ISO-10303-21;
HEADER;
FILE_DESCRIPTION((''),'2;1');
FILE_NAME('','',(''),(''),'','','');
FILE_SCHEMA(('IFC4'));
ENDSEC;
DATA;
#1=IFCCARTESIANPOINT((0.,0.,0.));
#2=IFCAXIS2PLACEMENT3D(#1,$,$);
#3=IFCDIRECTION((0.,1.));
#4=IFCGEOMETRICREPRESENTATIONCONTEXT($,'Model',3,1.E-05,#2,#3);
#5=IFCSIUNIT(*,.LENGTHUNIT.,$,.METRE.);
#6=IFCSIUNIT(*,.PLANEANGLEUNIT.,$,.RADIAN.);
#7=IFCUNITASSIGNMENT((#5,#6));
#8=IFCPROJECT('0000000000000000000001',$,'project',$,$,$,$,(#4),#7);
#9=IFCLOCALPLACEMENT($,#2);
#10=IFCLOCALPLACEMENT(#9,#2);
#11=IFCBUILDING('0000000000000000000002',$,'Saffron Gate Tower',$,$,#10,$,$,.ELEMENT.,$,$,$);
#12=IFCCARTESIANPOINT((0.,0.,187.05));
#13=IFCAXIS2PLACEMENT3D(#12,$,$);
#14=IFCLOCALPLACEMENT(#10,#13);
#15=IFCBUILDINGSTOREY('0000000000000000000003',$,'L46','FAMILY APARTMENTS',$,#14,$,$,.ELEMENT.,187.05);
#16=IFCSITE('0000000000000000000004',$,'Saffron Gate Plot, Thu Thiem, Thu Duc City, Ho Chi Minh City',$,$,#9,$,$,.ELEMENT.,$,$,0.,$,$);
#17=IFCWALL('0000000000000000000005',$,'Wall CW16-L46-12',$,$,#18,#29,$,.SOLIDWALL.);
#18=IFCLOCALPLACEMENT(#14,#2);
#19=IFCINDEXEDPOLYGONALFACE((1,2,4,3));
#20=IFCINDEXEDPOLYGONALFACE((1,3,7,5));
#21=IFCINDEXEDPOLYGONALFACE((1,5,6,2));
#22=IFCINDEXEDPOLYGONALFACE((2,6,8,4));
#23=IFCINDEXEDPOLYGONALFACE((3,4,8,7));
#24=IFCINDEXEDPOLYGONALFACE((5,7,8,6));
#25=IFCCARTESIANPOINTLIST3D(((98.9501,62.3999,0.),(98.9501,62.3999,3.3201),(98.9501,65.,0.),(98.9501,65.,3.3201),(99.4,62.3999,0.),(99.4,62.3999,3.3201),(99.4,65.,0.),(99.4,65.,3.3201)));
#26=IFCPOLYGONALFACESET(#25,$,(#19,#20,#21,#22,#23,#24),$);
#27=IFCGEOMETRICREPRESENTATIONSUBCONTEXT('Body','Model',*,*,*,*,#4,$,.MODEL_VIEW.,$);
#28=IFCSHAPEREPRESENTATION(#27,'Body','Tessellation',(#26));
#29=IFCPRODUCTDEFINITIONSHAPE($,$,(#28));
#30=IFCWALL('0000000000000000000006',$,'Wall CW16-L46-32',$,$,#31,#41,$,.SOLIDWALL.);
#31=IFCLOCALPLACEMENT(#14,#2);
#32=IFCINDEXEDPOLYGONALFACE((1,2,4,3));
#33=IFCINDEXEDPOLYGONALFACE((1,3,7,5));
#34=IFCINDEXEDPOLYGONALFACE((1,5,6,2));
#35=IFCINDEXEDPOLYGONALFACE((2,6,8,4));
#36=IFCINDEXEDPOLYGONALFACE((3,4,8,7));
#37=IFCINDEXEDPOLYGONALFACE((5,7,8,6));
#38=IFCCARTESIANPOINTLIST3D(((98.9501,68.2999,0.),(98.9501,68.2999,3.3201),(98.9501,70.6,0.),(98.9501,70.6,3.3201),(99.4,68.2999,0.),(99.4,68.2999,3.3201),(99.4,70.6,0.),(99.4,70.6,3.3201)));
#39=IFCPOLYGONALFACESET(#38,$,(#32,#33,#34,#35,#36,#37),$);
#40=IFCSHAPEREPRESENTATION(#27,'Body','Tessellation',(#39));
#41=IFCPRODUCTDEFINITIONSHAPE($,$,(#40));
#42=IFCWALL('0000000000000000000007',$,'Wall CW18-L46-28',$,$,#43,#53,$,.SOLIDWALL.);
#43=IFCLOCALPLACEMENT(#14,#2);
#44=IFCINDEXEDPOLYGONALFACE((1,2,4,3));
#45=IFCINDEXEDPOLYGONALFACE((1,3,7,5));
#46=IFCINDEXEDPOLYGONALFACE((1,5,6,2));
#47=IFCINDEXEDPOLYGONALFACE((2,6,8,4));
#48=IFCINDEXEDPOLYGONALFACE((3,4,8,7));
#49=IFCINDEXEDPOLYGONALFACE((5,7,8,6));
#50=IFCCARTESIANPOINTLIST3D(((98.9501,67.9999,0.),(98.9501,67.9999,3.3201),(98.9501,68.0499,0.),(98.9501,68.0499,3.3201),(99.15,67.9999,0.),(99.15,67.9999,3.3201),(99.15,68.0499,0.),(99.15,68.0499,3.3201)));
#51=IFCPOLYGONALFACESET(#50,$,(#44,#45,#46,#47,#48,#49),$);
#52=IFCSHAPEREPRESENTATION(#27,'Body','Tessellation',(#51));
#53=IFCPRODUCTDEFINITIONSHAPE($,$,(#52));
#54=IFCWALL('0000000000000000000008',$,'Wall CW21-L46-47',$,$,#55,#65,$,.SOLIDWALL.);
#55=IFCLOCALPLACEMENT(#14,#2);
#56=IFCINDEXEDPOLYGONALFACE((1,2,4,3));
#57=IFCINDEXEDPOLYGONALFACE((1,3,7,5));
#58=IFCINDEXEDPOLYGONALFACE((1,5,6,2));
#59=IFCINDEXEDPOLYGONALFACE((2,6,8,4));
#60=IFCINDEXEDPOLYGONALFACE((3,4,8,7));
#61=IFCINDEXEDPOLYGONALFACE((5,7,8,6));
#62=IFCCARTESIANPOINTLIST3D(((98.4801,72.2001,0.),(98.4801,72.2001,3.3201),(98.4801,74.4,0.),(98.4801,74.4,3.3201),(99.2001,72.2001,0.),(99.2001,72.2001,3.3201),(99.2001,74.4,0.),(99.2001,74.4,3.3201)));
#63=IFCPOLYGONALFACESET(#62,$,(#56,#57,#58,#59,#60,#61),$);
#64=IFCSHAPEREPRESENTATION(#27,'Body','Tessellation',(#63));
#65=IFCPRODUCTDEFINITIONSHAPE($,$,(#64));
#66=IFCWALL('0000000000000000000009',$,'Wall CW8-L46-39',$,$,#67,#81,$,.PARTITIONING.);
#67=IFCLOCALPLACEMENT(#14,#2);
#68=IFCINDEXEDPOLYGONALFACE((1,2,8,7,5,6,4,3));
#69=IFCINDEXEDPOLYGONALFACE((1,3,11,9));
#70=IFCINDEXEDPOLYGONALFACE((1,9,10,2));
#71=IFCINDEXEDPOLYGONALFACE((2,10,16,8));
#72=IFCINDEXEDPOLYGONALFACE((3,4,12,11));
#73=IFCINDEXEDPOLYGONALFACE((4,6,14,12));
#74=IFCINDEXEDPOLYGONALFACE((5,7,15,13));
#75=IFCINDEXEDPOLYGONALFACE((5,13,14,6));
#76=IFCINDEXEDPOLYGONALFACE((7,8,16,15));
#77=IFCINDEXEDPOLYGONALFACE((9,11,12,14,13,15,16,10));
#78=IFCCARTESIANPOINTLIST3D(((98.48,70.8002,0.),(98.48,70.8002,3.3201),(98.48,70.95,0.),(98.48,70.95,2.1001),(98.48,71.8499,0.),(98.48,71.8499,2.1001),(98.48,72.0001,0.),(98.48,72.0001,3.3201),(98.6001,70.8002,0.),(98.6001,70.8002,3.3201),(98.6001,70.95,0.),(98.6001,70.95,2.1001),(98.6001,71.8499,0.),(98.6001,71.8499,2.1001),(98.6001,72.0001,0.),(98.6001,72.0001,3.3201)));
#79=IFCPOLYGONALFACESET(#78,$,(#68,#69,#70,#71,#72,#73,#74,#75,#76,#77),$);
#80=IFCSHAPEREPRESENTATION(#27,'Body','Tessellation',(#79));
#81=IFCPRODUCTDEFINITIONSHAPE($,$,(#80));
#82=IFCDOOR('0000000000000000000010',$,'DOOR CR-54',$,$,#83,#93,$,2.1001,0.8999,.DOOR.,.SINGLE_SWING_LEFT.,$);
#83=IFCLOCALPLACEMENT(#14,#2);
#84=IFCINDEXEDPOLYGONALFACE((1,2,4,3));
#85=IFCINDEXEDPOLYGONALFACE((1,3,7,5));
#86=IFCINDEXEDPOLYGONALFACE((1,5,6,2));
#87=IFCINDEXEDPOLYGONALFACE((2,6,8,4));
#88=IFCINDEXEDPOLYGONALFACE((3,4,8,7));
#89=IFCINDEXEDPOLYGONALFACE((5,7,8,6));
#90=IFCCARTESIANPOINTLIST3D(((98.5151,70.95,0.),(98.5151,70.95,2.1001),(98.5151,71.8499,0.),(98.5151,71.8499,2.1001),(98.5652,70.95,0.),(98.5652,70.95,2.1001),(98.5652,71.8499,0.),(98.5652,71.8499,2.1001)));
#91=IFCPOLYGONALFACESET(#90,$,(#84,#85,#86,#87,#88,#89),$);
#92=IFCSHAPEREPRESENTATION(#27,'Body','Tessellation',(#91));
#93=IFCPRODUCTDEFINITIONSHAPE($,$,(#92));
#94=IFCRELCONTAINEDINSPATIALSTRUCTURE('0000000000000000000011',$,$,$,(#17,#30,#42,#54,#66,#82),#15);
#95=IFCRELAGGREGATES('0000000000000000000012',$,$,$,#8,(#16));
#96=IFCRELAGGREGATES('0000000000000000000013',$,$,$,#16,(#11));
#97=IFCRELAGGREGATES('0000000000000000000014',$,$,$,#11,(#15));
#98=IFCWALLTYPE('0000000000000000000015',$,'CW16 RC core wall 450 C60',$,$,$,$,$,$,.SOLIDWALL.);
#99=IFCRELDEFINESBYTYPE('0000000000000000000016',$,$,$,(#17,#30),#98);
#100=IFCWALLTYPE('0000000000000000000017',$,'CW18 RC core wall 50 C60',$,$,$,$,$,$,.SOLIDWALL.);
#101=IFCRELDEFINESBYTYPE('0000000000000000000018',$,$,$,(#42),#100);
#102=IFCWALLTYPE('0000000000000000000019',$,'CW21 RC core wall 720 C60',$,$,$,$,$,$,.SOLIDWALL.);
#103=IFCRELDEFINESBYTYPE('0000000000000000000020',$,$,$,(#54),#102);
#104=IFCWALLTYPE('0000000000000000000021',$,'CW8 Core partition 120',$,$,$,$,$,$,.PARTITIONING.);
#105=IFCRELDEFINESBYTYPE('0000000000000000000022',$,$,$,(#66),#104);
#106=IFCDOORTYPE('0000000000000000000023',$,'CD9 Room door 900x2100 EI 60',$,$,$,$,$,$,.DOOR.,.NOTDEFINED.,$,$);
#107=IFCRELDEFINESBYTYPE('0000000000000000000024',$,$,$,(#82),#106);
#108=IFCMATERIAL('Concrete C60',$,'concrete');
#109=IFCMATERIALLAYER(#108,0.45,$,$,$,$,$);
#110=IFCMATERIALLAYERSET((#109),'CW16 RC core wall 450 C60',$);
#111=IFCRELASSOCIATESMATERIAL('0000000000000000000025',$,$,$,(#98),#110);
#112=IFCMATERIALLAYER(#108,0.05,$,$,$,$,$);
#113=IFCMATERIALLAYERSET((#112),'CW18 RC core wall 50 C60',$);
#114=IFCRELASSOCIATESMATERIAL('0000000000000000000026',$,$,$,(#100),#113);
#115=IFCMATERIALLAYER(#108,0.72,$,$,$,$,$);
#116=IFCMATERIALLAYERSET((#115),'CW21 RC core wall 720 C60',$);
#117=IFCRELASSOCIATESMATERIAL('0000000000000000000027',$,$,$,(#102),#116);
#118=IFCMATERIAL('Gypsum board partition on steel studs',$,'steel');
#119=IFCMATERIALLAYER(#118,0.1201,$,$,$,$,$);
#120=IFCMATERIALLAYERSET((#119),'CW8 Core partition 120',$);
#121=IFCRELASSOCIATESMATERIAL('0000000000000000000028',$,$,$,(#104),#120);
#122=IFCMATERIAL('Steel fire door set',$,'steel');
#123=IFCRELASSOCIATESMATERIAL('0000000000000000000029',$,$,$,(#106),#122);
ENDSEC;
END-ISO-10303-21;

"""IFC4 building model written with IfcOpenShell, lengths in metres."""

from ifc_helpers import new_model, si_unit, direction, frame, frame_2d, origin, place, context, subcontext, project, spatial, rectangle, extrude, material, layer, layer_set, type_object, element, fill, save


model = new_model("IFC4")

# Units and contexts
model_context = context("Model", 3, precision=1e-05, world=origin(), true_north=direction((0.0, 1.0)))
body_context = subcontext(model_context, "Body", "Model", "MODEL_VIEW")
ifc_project = project(units=[si_unit("LENGTHUNIT", "METRE"), si_unit("PLANEANGLEUNIT", "RADIAN")], contexts=[model_context])

# Site, building, storey
site_placement = place(None, origin())
site = spatial("IfcSite", under=ifc_project, at=site_placement, Name="Saffron Gate Plot, Thu Thiem, Thu Duc City, Ho Chi Minh City", CompositionType="ELEMENT", RefElevation=0.0)
building_placement = place(site_placement, origin())
building = spatial("IfcBuilding", under=site, at=building_placement, Name="Saffron Gate Tower", CompositionType="ELEMENT")
storey_placement = place(building_placement, frame((0.0, 0.0, 187.05)))
storey = spatial("IfcBuildingStorey", under=building, at=storey_placement, Name="L46", Description="FAMILY APARTMENTS", CompositionType="ELEMENT", Elevation=187.05)

# Shared definitions
ifc_material_1 = material(Name="Concrete C60", Category="concrete")
ifc_material_2 = material(Name="Steel fire door set", Category="steel")

# Walls
ifc_layer_1 = layer(ifc_material_1, 0.45)
ifc_layer_set_1 = layer_set([ifc_layer_1], Name="CW16 RC core wall 450 C60")
wall_type_1 = type_object("IfcWallType", Name="CW16 RC core wall 450 C60", PredefinedType="SOLIDWALL", material=ifc_layer_set_1)
wall_1_placement = place(storey_placement, frame((99.175, 62.3999, 0.0), z_axis=(0.0, 0.0, 1.0), x_axis=(0.0, 1.0, 0.0)))
element("IfcWall", 1, at=wall_1_placement, inside=storey, type_object=wall_type_1, Name="Wall CW16-L46-12", PredefinedType="SOLIDWALL", context=body_context, shape_type="SweptSolid", body=[
    extrude(rectangle(XDim=2.6001, YDim=0.45, at=frame_2d((1.3, 0.0))), origin(), (0.0, 0.0, 1.0), 3.3201),
])
wall_2_placement = place(storey_placement, frame((99.175, 68.3, 0.0), z_axis=(0.0, 0.0, 1.0), x_axis=(0.0, 1.0, 0.0)))
element("IfcWall", 2, at=wall_2_placement, inside=storey, type_object=wall_type_1, Name="Wall CW16-L46-32", PredefinedType="SOLIDWALL", context=body_context, shape_type="SweptSolid", body=[
    extrude(rectangle(XDim=2.3, YDim=0.45, at=frame_2d((1.1499, 0.0))), origin(), (0.0, 0.0, 1.0), 3.3201),
])
ifc_layer_2 = layer(ifc_material_1, 0.05)
ifc_layer_set_2 = layer_set([ifc_layer_2], Name="CW18 RC core wall 50 C60")
wall_type_2 = type_object("IfcWallType", Name="CW18 RC core wall 50 C60", PredefinedType="SOLIDWALL", material=ifc_layer_set_2)
wall_3_placement = place(storey_placement, frame((98.95, 68.0249, 0.0), z_axis=(0.0, 0.0, 1.0), x_axis=(1.0, 0.0, 0.0)))
element("IfcWall", 3, at=wall_3_placement, inside=storey, type_object=wall_type_2, Name="Wall CW18-L46-28", PredefinedType="SOLIDWALL", context=body_context, shape_type="SweptSolid", body=[
    extrude(rectangle(XDim=0.2, YDim=0.05, at=frame_2d((0.1001, 0.0))), origin(), (0.0, 0.0, 1.0), 3.3201),
])
ifc_layer_3 = layer(ifc_material_1, 0.72)
ifc_layer_set_3 = layer_set([ifc_layer_3], Name="CW21 RC core wall 720 C60")
wall_type_3 = type_object("IfcWallType", Name="CW21 RC core wall 720 C60", PredefinedType="SOLIDWALL", material=ifc_layer_set_3)
wall_4_placement = place(storey_placement, frame((98.8401, 72.2, 0.0), z_axis=(0.0, 0.0, 1.0), x_axis=(0.0, 1.0, 0.0)))
element("IfcWall", 4, at=wall_4_placement, inside=storey, type_object=wall_type_3, Name="Wall CW21-L46-47", PredefinedType="SOLIDWALL", context=body_context, shape_type="SweptSolid", body=[
    extrude(rectangle(XDim=2.2, YDim=0.72, at=frame_2d((1.1001, 0.0))), origin(), (0.0, 0.0, 1.0), 3.3201),
])

# Wall, opening, door
ifc_material_3 = material(Name="Gypsum board partition on steel studs", Category="steel")
ifc_layer_4 = layer(ifc_material_3, 0.1201)
ifc_layer_set_4 = layer_set([ifc_layer_4], Name="CW8 Core partition 120")
wall_type_4 = type_object("IfcWallType", Name="CW8 Core partition 120", PredefinedType="PARTITIONING", material=ifc_layer_set_4)
wall_5_placement = place(storey_placement, frame((98.54, 70.8, 0.0), z_axis=(0.0, 0.0, 1.0), x_axis=(0.0, 1.0, 0.0)))
wall_5 = element("IfcWall", 5, at=wall_5_placement, inside=storey, type_object=wall_type_4, Name="Wall CW8-L46-39", PredefinedType="PARTITIONING", context=body_context, shape_type="SweptSolid", body=[
    extrude(rectangle(XDim=1.2, YDim=0.1201, at=frame_2d((0.6001, 0.0))), origin(), (0.0, 0.0, 1.0), 3.3201),
])
opening_1_placement = place(wall_5_placement, frame((0.1499, 0.0, 0.0)))
opening_1 = element("IfcOpeningElement", 6, at=opening_1_placement, cuts=wall_5, PredefinedType="OPENING", context=body_context, shape_type="SweptSolid", body=[
    extrude(rectangle(XDim=0.8999, YDim=2.1001, at=frame_2d((0.45, 1.05))), frame((0.0, 0.0701, 0.0), z_axis=(0.0, -1.0, 0.0), x_axis=(1.0, 0.0, 0.0)), (0.0, 0.0, 1.0), 0.1401),
])
door_type_1 = type_object("IfcDoorType", Name="CD9 Room door 900x2100 EI 60", OperationType="NOTDEFINED", PredefinedType="DOOR", material=ifc_material_2)
door_1_placement = place(opening_1_placement, origin())
door_1 = element("IfcDoor", 7, at=door_1_placement, inside=storey, type_object=door_type_1, Name="DOOR CR-54", OperationType="SINGLE_SWING_LEFT", OverallHeight=2.1001, OverallWidth=0.8999, PredefinedType="DOOR", context=body_context, shape_type="SweptSolid", body=[
    extrude(rectangle(XDim=0.8999, YDim=2.1001, at=frame_2d((0.45, 1.05))), frame((0.0, 0.0249, 0.0), z_axis=(0.0, -1.0, 0.0), x_axis=(1.0, 0.0, 0.0)), (0.0, 0.0, 1.0), 0.05),
])
fill(opening_1, door_1)

save(model, "model.ifc")
